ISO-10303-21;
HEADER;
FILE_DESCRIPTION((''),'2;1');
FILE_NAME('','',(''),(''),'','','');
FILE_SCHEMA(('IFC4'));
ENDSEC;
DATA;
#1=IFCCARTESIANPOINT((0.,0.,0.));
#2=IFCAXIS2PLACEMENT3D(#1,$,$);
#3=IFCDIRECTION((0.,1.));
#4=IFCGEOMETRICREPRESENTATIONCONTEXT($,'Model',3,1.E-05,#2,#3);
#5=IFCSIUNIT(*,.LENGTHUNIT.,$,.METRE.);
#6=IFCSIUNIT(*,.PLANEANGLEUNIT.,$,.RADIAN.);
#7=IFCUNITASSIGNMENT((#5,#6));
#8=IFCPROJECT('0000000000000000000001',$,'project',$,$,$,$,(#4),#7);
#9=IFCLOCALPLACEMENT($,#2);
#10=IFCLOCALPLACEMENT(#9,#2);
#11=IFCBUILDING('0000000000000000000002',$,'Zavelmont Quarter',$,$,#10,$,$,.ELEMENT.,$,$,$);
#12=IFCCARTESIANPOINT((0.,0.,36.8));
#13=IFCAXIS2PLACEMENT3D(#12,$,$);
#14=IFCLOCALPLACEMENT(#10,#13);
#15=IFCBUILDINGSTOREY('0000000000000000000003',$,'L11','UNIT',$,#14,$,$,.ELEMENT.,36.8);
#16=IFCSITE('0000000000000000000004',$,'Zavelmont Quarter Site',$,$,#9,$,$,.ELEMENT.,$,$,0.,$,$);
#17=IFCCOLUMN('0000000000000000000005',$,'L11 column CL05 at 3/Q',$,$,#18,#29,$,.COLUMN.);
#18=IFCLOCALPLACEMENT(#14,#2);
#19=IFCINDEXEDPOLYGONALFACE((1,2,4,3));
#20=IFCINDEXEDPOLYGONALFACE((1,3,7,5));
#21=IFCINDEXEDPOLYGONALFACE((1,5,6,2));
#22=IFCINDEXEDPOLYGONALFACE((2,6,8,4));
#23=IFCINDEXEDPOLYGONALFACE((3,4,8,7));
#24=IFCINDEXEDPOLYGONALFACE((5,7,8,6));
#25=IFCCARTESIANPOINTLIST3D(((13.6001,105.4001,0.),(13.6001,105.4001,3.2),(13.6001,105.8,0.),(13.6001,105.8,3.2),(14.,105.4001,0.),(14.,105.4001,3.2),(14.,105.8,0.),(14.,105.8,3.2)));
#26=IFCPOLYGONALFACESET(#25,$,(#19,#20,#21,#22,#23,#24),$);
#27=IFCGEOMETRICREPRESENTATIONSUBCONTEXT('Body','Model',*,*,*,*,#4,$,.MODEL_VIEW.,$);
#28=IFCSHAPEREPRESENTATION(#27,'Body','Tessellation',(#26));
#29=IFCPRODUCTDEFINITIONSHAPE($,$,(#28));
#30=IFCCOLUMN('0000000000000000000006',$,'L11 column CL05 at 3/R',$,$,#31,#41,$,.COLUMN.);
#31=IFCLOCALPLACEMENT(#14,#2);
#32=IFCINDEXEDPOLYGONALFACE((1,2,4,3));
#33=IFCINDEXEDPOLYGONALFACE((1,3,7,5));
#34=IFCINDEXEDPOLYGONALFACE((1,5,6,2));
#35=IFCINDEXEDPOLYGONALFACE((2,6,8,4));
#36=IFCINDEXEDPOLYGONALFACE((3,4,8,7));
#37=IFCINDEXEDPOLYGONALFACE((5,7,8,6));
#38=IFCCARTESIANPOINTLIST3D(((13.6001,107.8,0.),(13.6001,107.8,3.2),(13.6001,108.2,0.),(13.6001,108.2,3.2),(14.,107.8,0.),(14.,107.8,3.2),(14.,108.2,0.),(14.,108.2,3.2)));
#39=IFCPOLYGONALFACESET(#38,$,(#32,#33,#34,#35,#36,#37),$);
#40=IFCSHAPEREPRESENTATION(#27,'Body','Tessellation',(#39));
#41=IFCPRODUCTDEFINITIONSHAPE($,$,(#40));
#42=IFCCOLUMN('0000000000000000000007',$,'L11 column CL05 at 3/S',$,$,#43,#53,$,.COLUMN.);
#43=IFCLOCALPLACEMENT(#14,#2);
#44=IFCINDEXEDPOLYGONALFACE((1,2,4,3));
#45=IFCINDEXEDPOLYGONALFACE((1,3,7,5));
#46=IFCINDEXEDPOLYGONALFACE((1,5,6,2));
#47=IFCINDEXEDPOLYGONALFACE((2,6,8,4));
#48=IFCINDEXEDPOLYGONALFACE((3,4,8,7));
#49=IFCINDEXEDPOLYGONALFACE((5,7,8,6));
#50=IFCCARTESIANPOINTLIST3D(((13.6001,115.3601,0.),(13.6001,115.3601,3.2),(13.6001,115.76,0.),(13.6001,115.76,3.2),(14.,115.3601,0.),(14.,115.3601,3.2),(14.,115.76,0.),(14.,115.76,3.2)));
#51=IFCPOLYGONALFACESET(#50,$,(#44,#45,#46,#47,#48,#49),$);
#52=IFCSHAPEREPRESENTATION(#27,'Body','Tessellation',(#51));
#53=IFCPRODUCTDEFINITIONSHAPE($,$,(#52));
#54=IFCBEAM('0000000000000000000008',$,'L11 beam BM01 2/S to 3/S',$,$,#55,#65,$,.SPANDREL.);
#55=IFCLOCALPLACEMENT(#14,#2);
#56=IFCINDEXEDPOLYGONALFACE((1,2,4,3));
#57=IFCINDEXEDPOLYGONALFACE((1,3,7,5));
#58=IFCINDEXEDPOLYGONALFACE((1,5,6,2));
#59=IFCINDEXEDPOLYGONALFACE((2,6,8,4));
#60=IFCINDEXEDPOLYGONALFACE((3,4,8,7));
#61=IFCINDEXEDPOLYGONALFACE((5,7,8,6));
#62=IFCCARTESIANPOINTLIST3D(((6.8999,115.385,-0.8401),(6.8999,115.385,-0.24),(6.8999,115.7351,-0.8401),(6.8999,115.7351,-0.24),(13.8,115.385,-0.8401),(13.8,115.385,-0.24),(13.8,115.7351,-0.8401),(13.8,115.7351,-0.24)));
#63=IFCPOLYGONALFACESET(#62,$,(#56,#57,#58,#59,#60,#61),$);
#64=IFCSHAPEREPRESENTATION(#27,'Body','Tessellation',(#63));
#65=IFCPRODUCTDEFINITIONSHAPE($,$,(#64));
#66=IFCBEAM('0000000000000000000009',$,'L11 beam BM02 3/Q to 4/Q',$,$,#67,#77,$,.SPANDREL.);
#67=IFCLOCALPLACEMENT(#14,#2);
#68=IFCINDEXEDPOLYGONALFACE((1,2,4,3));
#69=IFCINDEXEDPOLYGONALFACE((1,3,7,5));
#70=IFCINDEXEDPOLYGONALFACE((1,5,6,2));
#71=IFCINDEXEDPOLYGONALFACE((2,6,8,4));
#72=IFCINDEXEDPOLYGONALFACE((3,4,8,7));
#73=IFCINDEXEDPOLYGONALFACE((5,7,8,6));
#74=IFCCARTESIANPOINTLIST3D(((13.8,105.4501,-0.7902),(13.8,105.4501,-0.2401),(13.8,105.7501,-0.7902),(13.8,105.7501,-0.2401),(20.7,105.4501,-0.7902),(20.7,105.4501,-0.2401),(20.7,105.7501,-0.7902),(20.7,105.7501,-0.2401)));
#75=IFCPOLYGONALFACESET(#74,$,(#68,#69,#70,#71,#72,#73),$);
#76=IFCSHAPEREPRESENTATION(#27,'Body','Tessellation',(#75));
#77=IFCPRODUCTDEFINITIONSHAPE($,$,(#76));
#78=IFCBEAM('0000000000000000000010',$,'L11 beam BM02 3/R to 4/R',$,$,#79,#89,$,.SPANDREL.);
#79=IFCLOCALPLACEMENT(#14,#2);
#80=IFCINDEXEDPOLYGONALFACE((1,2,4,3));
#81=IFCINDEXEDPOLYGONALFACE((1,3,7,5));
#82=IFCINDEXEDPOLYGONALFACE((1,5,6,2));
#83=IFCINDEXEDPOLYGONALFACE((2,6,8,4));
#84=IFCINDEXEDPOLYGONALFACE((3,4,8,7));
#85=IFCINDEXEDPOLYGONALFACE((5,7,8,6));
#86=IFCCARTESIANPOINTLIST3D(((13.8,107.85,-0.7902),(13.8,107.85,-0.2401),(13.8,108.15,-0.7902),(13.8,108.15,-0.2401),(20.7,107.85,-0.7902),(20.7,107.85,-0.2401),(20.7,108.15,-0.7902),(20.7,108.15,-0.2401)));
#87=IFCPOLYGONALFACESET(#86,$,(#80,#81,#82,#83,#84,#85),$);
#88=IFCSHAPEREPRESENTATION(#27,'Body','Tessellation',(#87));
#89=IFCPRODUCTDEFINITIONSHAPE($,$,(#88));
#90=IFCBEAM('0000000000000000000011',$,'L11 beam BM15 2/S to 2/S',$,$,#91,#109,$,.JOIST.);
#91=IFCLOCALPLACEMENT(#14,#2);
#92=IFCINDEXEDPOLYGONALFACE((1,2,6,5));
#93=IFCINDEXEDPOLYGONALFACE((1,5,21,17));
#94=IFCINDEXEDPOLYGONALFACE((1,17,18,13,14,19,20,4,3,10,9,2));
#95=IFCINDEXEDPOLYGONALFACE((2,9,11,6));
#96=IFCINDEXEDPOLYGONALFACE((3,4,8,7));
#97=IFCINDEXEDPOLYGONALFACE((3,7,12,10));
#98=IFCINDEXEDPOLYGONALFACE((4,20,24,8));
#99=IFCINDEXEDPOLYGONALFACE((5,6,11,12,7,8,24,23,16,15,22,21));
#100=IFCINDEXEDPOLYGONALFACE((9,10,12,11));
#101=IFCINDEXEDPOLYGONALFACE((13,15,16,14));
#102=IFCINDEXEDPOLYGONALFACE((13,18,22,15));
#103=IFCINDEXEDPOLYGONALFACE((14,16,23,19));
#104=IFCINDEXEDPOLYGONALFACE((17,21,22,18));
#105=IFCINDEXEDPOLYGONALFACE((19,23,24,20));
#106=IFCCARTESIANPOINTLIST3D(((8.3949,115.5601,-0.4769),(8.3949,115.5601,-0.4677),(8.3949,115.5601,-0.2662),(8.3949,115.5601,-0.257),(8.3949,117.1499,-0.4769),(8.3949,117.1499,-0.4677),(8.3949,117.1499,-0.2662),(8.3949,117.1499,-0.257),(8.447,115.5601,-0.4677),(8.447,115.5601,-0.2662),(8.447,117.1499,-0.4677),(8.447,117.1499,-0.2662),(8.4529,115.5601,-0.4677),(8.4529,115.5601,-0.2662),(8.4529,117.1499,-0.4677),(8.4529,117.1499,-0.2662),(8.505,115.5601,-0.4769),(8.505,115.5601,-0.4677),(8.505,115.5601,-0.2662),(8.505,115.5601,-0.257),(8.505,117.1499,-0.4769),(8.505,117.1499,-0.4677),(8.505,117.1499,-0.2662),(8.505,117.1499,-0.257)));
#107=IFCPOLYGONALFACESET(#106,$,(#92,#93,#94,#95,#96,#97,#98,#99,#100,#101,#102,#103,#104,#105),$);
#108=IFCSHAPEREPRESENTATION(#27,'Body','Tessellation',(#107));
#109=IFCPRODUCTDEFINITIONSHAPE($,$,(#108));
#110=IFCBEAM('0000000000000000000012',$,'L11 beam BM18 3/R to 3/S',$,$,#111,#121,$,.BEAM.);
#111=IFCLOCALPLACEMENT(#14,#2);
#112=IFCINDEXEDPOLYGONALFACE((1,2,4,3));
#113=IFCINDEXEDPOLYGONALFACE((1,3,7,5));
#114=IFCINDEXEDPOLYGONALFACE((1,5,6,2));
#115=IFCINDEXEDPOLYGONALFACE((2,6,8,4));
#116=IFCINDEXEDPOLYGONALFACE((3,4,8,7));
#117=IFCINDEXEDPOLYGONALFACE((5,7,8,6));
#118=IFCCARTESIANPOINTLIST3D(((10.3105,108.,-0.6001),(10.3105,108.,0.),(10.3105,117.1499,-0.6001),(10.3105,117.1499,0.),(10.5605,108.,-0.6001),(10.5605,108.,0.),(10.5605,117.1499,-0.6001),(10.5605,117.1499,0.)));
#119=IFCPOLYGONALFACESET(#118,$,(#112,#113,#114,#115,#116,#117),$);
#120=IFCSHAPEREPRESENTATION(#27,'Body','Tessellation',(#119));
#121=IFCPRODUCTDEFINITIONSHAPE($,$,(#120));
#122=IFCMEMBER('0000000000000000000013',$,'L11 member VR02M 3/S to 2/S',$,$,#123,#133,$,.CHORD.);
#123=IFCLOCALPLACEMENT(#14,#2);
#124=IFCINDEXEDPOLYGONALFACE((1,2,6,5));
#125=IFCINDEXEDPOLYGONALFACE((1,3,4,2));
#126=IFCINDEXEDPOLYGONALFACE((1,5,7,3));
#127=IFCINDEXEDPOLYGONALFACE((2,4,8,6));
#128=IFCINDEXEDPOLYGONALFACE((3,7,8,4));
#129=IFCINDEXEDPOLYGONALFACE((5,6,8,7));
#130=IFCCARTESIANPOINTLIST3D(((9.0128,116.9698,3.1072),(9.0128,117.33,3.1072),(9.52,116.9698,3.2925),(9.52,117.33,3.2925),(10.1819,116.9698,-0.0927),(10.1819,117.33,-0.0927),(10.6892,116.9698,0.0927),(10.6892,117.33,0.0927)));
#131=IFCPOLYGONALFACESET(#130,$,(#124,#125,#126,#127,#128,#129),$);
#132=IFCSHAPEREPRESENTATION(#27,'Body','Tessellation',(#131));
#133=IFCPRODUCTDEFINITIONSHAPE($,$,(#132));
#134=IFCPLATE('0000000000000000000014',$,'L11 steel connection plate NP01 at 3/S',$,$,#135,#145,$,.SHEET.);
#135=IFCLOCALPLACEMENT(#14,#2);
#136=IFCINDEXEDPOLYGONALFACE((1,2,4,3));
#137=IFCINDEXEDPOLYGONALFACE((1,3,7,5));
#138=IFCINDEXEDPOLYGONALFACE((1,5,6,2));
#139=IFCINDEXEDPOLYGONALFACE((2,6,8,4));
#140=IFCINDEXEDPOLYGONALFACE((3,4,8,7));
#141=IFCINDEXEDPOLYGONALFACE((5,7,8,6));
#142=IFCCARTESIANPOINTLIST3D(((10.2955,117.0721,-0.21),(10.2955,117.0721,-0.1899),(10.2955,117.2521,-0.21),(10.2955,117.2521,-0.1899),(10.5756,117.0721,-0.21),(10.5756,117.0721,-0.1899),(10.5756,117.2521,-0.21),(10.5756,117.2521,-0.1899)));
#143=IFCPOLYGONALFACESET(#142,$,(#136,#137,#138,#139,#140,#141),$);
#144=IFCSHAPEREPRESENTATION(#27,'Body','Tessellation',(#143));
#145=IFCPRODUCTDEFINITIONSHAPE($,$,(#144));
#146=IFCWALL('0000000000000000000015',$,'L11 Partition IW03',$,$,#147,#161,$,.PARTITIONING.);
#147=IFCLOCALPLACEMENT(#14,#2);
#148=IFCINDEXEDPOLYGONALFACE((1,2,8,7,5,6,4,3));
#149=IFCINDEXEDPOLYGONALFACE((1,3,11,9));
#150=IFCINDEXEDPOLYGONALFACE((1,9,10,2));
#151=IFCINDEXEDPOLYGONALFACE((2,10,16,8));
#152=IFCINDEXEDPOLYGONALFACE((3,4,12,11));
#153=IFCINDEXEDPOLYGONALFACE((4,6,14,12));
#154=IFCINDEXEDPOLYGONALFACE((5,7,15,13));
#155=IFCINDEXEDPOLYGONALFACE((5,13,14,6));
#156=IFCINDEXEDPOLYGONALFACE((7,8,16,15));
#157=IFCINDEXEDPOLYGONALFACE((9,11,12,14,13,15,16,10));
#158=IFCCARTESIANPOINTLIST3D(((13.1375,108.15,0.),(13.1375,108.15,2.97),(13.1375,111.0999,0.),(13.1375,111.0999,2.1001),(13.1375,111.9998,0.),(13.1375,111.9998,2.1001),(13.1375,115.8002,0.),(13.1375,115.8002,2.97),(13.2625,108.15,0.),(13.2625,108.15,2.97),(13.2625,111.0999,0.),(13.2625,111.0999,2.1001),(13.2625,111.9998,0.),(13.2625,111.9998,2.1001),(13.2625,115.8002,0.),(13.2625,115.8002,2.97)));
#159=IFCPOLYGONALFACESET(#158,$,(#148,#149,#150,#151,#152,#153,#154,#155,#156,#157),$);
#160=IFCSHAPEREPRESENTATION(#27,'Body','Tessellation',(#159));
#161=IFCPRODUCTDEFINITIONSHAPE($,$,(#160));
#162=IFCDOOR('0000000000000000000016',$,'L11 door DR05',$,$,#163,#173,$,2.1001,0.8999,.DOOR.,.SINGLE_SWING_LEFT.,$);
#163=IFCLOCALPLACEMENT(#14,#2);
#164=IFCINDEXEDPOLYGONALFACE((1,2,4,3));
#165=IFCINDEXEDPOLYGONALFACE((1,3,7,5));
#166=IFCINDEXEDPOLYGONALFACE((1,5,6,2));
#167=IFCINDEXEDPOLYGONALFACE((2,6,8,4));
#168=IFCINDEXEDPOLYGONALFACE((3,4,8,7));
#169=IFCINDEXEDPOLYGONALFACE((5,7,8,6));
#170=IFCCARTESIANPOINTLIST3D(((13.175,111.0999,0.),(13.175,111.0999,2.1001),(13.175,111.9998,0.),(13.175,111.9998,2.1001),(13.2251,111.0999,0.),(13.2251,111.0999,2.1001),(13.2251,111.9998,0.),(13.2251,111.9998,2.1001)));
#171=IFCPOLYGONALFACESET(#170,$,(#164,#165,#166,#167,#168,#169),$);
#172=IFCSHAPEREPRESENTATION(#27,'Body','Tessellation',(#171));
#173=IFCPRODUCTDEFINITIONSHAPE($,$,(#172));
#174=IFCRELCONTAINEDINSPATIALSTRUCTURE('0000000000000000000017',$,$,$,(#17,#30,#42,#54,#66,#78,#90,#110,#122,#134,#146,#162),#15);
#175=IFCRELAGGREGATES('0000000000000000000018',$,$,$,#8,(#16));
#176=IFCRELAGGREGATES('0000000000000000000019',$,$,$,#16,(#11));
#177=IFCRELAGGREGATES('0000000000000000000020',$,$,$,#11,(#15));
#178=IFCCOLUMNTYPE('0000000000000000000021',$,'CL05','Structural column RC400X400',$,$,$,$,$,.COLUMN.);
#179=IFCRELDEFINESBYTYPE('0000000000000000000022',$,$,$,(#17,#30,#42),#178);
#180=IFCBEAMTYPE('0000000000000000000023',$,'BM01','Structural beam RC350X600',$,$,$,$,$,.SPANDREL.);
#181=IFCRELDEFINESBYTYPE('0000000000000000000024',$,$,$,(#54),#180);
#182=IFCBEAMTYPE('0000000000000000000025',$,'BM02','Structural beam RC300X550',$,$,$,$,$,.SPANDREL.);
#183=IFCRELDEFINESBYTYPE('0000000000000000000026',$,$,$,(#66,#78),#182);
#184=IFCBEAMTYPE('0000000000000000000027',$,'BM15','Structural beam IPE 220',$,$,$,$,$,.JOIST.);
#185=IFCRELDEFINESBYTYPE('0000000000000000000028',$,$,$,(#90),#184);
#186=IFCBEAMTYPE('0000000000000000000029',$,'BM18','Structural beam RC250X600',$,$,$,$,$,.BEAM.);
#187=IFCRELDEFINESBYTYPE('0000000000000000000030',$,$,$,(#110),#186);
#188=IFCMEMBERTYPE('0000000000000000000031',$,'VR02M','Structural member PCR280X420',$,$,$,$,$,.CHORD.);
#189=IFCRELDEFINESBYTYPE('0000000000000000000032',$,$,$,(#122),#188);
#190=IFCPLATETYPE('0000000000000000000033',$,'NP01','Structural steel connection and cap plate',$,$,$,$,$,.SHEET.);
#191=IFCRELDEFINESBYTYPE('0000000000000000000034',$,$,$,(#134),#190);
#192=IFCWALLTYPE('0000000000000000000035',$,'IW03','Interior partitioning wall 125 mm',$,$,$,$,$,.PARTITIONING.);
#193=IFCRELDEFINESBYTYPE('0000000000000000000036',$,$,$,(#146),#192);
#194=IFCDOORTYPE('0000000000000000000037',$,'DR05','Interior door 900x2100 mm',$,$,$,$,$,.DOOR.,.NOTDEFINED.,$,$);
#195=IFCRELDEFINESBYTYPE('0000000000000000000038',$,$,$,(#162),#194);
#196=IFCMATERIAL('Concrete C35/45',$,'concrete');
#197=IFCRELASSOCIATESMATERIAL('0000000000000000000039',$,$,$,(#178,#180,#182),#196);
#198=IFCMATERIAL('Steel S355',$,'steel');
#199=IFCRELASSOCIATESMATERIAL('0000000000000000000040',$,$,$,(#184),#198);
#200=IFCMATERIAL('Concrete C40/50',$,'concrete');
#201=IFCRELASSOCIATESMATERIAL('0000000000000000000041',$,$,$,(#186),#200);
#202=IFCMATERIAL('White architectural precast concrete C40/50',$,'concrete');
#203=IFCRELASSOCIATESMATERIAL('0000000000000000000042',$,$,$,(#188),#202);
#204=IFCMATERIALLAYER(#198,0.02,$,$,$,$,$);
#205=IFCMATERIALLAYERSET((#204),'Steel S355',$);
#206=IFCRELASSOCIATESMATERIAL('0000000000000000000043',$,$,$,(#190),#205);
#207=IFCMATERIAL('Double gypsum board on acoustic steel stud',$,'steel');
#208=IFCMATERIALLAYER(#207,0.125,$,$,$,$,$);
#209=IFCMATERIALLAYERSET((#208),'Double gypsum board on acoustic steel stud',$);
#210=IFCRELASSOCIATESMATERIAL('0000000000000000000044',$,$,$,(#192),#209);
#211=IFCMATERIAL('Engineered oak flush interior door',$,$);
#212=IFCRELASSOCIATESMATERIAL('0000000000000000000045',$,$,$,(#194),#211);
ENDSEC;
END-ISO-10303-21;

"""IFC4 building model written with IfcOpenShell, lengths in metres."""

from ifc_helpers import new_model, si_unit, direction, frame, frame_2d, origin, origin_with_axes, origin_2d, place, context, subcontext, project, spatial, rectangle, i_section, extrude, material, layer, layer_set, material_profile, profile_set, type_object, element, fill, save


model = new_model("IFC4")

# Units and contexts
model_context = context("Model", 3, precision=1e-05, world=origin(), true_north=direction((0.0, 1.0)))
body_context = subcontext(model_context, "Body", "Model", "MODEL_VIEW")
ifc_project = project(units=[si_unit("LENGTHUNIT", "METRE"), si_unit("PLANEANGLEUNIT", "RADIAN")], contexts=[model_context])

# Site, building, storey
site_placement = place(None, origin())
site = spatial("IfcSite", under=ifc_project, at=site_placement, Name="Zavelmont Quarter Site", CompositionType="ELEMENT", RefElevation=0.0)
building_placement = place(site_placement, origin())
building = spatial("IfcBuilding", under=site, at=building_placement, Name="Zavelmont Quarter", CompositionType="ELEMENT")
storey_placement = place(building_placement, frame((0.0, 0.0, 36.8)))
storey = spatial("IfcBuildingStorey", under=building, at=storey_placement, Name="L11", Description="UNIT", CompositionType="ELEMENT", Elevation=36.8)

# Columns
ifc_material_1 = material(Name="Concrete C35/45", Category="concrete")
ifc_material_profile_1 = material_profile(ifc_material_1, rectangle(XDim=0.3999, YDim=0.3999, at=origin_2d()), Name="RC400X400")
ifc_profile_set_1 = profile_set([ifc_material_profile_1], Name="Concrete C35/45")
column_type = type_object("IfcColumnType", Name="CL05", Description="Structural column RC400X400", PredefinedType="COLUMN", material=ifc_profile_set_1)
for number, where, z_axis, x_axis, name in (
    (1, (13.8, 105.6001, 0.0), (0.0, 0.0, 1.0), (1.0, 0.0, 0.0), "L11 column CL05 at 3/Q"),
    (2, (13.8, 108.0, 0.0), (0.0, 0.0, 1.0), (1.0, 0.0, 0.0), "L11 column CL05 at 3/R"),
    (3, (13.8, 115.5601, 0.0), (0.0, 0.0, 1.0), (1.0, 0.0, 0.0), "L11 column CL05 at 3/S"),
):
    element("IfcColumn", number, at=place(storey_placement, frame(where, z_axis=z_axis, x_axis=x_axis)), inside=storey, type_object=column_type, Name=name, PredefinedType="COLUMN", context=body_context, shape_type="SweptSolid", body=[
        extrude(rectangle(XDim=0.3999, YDim=0.3999, at=origin_2d()), origin(), (0.0, 0.0, 1.0), 3.2),
    ])

# Beams
ifc_material_profile_2 = material_profile(ifc_material_1, rectangle(XDim=0.3501, YDim=0.6001, at=origin_2d()), Name="RC350X600")
ifc_profile_set_2 = profile_set([ifc_material_profile_2], Name="Concrete C35/45")
beam_type_1 = type_object("IfcBeamType", Name="BM01", Description="Structural beam RC350X600", PredefinedType="SPANDREL", material=ifc_profile_set_2)
beam_1_placement = place(storey_placement, frame((6.8999, 115.5601, -0.54), z_axis=(1.0, 0.0, 0.0), x_axis=(0.0, 1.0, 0.0)))
element("IfcBeam", 4, at=beam_1_placement, inside=storey, type_object=beam_type_1, Name="L11 beam BM01 2/S to 3/S", PredefinedType="SPANDREL", context=body_context, shape_type="SweptSolid", body=[
    extrude(rectangle(XDim=0.3501, YDim=0.6001, at=origin_2d()), origin(), (0.0, 0.0, 1.0), 6.9001),
])
ifc_material_profile_3 = material_profile(ifc_material_1, rectangle(XDim=0.3, YDim=0.55, at=origin_2d()), Name="RC300X550")
ifc_profile_set_3 = profile_set([ifc_material_profile_3], Name="Concrete C35/45")
beam_type_2 = type_object("IfcBeamType", Name="BM02", Description="Structural beam RC300X550", PredefinedType="SPANDREL", material=ifc_profile_set_3)
for number, where, z_axis, x_axis, name in (
    (5, (13.8, 105.6001, -0.5151), (1.0, 0.0, 0.0), (0.0, 1.0, 0.0), "L11 beam BM02 3/Q to 4/Q"),
    (6, (13.8, 108.0, -0.5151), (1.0, 0.0, 0.0), (0.0, 1.0, 0.0), "L11 beam BM02 3/R to 4/R"),
):
    element("IfcBeam", number, at=place(storey_placement, frame(where, z_axis=z_axis, x_axis=x_axis)), inside=storey, type_object=beam_type_2, Name=name, PredefinedType="SPANDREL", context=body_context, shape_type="SweptSolid", body=[
        extrude(rectangle(XDim=0.3, YDim=0.55, at=origin_2d()), origin(), (0.0, 0.0, 1.0), 6.8999),
    ])
ifc_material_2 = material(Name="Steel S355", Category="steel")
ifc_material_profile_4 = material_profile(ifc_material_2, i_section(OverallWidth=0.1101, OverallDepth=0.22, WebThickness=0.0059, FlangeThickness=0.0093, at=origin_2d()), Name="IPE 220")
ifc_profile_set_4 = profile_set([ifc_material_profile_4], Name="Steel S355")
beam_type_3 = type_object("IfcBeamType", Name="BM15", Description="Structural beam IPE 220", PredefinedType="JOIST", material=ifc_profile_set_4)
beam_2_placement = place(storey_placement, frame((8.45, 115.5601, -0.3669), z_axis=(0.0, 1.0, 0.0), x_axis=(-1.0, 0.0, 0.0)))
element("IfcBeam", 7, at=beam_2_placement, inside=storey, type_object=beam_type_3, Name="L11 beam BM15 2/S to 2/S", PredefinedType="JOIST", context=body_context, shape_type="SweptSolid", body=[
    extrude(i_section(OverallWidth=0.1101, OverallDepth=0.22, WebThickness=0.0059, FlangeThickness=0.0093, at=origin_2d()), origin(), (0.0, 0.0, 1.0), 1.5898),
])
ifc_material_3 = material(Name="Concrete C40/50", Category="concrete")
ifc_material_profile_5 = material_profile(ifc_material_3, rectangle(XDim=0.25, YDim=0.6001, at=origin_2d()), Name="RC250X600")
ifc_profile_set_5 = profile_set([ifc_material_profile_5], Name="Concrete C40/50")
beam_type_4 = type_object("IfcBeamType", Name="BM18", Description="Structural beam RC250X600", PredefinedType="BEAM", material=ifc_profile_set_5)
beam_3_placement = place(storey_placement, frame((10.4355, 108.0, -0.3), z_axis=(0.0, 1.0, 0.0), x_axis=(-1.0, 0.0, 0.0)))
element("IfcBeam", 8, at=beam_3_placement, inside=storey, type_object=beam_type_4, Name="L11 beam BM18 3/R to 3/S", PredefinedType="BEAM", context=body_context, shape_type="SweptSolid", body=[
    extrude(rectangle(XDim=0.25, YDim=0.6001, at=origin_2d()), origin(), (0.0, 0.0, 1.0), 9.1499),
])

# Member
ifc_material_4 = material(Name="White architectural precast concrete C40/50", Category="concrete")
ifc_material_profile_6 = material_profile(ifc_material_4, rectangle(XDim=0.3601, YDim=0.54, at=origin_2d()), Name="PCR280X420")
ifc_profile_set_6 = profile_set([ifc_material_profile_6], Name="White architectural precast concrete C40/50")
member_type = type_object("IfcMemberType", Name="VR02M", Description="Structural member PCR280X420", PredefinedType="CHORD", material=ifc_profile_set_6)
member_placement = place(storey_placement, frame((10.4355, 117.1499, 0.0), z_axis=(-0.343187, 0.0, 0.939267), x_axis=(0.0, -1.0, 0.0)))
element("IfcMember", 9, at=member_placement, inside=storey, type_object=member_type, Name="L11 member VR02M 3/S to 2/S", PredefinedType="CHORD", context=body_context, shape_type="SweptSolid", body=[
    extrude(rectangle(XDim=0.3601, YDim=0.54, at=origin_2d()), origin(), (0.0, 0.0, 1.0), 3.4067),
])

# Plate
ifc_layer_1 = layer(ifc_material_2, 0.02)
ifc_layer_set_1 = layer_set([ifc_layer_1], Name="Steel S355")
plate_type = type_object("IfcPlateType", Name="NP01", Description="Structural steel connection and cap plate", PredefinedType="SHEET", material=ifc_layer_set_1)
plate_placement = place(storey_placement, frame((10.4355, 117.1621, -0.21), z_axis=(0.0, 0.0, 1.0), x_axis=(1.0, 0.0, 0.0)))
element("IfcPlate", 10, at=plate_placement, inside=storey, type_object=plate_type, Name="L11 steel connection plate NP01 at 3/S", PredefinedType="SHEET", context=body_context, shape_type="SweptSolid", body=[
    extrude(rectangle(XDim=0.28, YDim=0.1799, at=origin_2d()), origin(), (0.0, 0.0, 1.0), 0.02),
])

# Wall, opening, door
ifc_material_5 = material(Name="Double gypsum board on acoustic steel stud", Category="steel")
ifc_layer_2 = layer(ifc_material_5, 0.125)
ifc_layer_set_2 = layer_set([ifc_layer_2], Name="Double gypsum board on acoustic steel stud")
wall_type_1 = type_object("IfcWallType", Name="IW03", Description="Interior partitioning wall 125 mm", PredefinedType="PARTITIONING", material=ifc_layer_set_2)
wall_1_placement = place(storey_placement, frame((13.2, 108.1499, 0.0), z_axis=(0.0, 0.0, 1.0), x_axis=(0.0, 1.0, 0.0)))
wall_1 = element("IfcWall", 11, at=wall_1_placement, inside=storey, type_object=wall_type_1, Name="L11 Partition IW03", PredefinedType="PARTITIONING", context=body_context, shape_type="SweptSolid", body=[
    extrude(rectangle(XDim=7.6501, YDim=0.125, at=frame_2d((3.8252, 0.0))), origin(), (0.0, 0.0, 1.0), 2.97),
])
opening_1_placement = place(wall_1_placement, frame((2.95, 0.0, 0.0)))
opening_1 = element("IfcOpeningElement", 12, at=opening_1_placement, cuts=wall_1, PredefinedType="OPENING", context=body_context, shape_type="SweptSolid", body=[
    extrude(rectangle(XDim=0.8999, YDim=2.1001, at=frame_2d((0.45, 1.05))), frame((0.0, 0.0745, 0.0), z_axis=(0.0, -1.0, 0.0), x_axis=(1.0, 0.0, 0.0)), (0.0, 0.0, 1.0), 0.1489),
])
ifc_material_6 = material(Name="Engineered oak flush interior door")
door_type_1 = type_object("IfcDoorType", Name="DR05", Description="Interior door 900x2100 mm", OperationType="NOTDEFINED", PredefinedType="DOOR", material=ifc_material_6)
door_1_placement = place(opening_1_placement, origin_with_axes())
door_1 = element("IfcDoor", 13, at=door_1_placement, inside=storey, type_object=door_type_1, Name="L11 door DR05", OperationType="SINGLE_SWING_LEFT", OverallHeight=2.1001, OverallWidth=0.8999, PredefinedType="DOOR", context=body_context, shape_type="SweptSolid", body=[
    extrude(rectangle(XDim=0.8999, YDim=2.1001, at=frame_2d((0.45, 1.05))), frame((0.0, 0.0249, 0.0), z_axis=(0.0, -1.0, 0.0), x_axis=(1.0, 0.0, 0.0)), (0.0, 0.0, 1.0), 0.05),
])
fill(opening_1, door_1)

save(model, "model.ifc")
